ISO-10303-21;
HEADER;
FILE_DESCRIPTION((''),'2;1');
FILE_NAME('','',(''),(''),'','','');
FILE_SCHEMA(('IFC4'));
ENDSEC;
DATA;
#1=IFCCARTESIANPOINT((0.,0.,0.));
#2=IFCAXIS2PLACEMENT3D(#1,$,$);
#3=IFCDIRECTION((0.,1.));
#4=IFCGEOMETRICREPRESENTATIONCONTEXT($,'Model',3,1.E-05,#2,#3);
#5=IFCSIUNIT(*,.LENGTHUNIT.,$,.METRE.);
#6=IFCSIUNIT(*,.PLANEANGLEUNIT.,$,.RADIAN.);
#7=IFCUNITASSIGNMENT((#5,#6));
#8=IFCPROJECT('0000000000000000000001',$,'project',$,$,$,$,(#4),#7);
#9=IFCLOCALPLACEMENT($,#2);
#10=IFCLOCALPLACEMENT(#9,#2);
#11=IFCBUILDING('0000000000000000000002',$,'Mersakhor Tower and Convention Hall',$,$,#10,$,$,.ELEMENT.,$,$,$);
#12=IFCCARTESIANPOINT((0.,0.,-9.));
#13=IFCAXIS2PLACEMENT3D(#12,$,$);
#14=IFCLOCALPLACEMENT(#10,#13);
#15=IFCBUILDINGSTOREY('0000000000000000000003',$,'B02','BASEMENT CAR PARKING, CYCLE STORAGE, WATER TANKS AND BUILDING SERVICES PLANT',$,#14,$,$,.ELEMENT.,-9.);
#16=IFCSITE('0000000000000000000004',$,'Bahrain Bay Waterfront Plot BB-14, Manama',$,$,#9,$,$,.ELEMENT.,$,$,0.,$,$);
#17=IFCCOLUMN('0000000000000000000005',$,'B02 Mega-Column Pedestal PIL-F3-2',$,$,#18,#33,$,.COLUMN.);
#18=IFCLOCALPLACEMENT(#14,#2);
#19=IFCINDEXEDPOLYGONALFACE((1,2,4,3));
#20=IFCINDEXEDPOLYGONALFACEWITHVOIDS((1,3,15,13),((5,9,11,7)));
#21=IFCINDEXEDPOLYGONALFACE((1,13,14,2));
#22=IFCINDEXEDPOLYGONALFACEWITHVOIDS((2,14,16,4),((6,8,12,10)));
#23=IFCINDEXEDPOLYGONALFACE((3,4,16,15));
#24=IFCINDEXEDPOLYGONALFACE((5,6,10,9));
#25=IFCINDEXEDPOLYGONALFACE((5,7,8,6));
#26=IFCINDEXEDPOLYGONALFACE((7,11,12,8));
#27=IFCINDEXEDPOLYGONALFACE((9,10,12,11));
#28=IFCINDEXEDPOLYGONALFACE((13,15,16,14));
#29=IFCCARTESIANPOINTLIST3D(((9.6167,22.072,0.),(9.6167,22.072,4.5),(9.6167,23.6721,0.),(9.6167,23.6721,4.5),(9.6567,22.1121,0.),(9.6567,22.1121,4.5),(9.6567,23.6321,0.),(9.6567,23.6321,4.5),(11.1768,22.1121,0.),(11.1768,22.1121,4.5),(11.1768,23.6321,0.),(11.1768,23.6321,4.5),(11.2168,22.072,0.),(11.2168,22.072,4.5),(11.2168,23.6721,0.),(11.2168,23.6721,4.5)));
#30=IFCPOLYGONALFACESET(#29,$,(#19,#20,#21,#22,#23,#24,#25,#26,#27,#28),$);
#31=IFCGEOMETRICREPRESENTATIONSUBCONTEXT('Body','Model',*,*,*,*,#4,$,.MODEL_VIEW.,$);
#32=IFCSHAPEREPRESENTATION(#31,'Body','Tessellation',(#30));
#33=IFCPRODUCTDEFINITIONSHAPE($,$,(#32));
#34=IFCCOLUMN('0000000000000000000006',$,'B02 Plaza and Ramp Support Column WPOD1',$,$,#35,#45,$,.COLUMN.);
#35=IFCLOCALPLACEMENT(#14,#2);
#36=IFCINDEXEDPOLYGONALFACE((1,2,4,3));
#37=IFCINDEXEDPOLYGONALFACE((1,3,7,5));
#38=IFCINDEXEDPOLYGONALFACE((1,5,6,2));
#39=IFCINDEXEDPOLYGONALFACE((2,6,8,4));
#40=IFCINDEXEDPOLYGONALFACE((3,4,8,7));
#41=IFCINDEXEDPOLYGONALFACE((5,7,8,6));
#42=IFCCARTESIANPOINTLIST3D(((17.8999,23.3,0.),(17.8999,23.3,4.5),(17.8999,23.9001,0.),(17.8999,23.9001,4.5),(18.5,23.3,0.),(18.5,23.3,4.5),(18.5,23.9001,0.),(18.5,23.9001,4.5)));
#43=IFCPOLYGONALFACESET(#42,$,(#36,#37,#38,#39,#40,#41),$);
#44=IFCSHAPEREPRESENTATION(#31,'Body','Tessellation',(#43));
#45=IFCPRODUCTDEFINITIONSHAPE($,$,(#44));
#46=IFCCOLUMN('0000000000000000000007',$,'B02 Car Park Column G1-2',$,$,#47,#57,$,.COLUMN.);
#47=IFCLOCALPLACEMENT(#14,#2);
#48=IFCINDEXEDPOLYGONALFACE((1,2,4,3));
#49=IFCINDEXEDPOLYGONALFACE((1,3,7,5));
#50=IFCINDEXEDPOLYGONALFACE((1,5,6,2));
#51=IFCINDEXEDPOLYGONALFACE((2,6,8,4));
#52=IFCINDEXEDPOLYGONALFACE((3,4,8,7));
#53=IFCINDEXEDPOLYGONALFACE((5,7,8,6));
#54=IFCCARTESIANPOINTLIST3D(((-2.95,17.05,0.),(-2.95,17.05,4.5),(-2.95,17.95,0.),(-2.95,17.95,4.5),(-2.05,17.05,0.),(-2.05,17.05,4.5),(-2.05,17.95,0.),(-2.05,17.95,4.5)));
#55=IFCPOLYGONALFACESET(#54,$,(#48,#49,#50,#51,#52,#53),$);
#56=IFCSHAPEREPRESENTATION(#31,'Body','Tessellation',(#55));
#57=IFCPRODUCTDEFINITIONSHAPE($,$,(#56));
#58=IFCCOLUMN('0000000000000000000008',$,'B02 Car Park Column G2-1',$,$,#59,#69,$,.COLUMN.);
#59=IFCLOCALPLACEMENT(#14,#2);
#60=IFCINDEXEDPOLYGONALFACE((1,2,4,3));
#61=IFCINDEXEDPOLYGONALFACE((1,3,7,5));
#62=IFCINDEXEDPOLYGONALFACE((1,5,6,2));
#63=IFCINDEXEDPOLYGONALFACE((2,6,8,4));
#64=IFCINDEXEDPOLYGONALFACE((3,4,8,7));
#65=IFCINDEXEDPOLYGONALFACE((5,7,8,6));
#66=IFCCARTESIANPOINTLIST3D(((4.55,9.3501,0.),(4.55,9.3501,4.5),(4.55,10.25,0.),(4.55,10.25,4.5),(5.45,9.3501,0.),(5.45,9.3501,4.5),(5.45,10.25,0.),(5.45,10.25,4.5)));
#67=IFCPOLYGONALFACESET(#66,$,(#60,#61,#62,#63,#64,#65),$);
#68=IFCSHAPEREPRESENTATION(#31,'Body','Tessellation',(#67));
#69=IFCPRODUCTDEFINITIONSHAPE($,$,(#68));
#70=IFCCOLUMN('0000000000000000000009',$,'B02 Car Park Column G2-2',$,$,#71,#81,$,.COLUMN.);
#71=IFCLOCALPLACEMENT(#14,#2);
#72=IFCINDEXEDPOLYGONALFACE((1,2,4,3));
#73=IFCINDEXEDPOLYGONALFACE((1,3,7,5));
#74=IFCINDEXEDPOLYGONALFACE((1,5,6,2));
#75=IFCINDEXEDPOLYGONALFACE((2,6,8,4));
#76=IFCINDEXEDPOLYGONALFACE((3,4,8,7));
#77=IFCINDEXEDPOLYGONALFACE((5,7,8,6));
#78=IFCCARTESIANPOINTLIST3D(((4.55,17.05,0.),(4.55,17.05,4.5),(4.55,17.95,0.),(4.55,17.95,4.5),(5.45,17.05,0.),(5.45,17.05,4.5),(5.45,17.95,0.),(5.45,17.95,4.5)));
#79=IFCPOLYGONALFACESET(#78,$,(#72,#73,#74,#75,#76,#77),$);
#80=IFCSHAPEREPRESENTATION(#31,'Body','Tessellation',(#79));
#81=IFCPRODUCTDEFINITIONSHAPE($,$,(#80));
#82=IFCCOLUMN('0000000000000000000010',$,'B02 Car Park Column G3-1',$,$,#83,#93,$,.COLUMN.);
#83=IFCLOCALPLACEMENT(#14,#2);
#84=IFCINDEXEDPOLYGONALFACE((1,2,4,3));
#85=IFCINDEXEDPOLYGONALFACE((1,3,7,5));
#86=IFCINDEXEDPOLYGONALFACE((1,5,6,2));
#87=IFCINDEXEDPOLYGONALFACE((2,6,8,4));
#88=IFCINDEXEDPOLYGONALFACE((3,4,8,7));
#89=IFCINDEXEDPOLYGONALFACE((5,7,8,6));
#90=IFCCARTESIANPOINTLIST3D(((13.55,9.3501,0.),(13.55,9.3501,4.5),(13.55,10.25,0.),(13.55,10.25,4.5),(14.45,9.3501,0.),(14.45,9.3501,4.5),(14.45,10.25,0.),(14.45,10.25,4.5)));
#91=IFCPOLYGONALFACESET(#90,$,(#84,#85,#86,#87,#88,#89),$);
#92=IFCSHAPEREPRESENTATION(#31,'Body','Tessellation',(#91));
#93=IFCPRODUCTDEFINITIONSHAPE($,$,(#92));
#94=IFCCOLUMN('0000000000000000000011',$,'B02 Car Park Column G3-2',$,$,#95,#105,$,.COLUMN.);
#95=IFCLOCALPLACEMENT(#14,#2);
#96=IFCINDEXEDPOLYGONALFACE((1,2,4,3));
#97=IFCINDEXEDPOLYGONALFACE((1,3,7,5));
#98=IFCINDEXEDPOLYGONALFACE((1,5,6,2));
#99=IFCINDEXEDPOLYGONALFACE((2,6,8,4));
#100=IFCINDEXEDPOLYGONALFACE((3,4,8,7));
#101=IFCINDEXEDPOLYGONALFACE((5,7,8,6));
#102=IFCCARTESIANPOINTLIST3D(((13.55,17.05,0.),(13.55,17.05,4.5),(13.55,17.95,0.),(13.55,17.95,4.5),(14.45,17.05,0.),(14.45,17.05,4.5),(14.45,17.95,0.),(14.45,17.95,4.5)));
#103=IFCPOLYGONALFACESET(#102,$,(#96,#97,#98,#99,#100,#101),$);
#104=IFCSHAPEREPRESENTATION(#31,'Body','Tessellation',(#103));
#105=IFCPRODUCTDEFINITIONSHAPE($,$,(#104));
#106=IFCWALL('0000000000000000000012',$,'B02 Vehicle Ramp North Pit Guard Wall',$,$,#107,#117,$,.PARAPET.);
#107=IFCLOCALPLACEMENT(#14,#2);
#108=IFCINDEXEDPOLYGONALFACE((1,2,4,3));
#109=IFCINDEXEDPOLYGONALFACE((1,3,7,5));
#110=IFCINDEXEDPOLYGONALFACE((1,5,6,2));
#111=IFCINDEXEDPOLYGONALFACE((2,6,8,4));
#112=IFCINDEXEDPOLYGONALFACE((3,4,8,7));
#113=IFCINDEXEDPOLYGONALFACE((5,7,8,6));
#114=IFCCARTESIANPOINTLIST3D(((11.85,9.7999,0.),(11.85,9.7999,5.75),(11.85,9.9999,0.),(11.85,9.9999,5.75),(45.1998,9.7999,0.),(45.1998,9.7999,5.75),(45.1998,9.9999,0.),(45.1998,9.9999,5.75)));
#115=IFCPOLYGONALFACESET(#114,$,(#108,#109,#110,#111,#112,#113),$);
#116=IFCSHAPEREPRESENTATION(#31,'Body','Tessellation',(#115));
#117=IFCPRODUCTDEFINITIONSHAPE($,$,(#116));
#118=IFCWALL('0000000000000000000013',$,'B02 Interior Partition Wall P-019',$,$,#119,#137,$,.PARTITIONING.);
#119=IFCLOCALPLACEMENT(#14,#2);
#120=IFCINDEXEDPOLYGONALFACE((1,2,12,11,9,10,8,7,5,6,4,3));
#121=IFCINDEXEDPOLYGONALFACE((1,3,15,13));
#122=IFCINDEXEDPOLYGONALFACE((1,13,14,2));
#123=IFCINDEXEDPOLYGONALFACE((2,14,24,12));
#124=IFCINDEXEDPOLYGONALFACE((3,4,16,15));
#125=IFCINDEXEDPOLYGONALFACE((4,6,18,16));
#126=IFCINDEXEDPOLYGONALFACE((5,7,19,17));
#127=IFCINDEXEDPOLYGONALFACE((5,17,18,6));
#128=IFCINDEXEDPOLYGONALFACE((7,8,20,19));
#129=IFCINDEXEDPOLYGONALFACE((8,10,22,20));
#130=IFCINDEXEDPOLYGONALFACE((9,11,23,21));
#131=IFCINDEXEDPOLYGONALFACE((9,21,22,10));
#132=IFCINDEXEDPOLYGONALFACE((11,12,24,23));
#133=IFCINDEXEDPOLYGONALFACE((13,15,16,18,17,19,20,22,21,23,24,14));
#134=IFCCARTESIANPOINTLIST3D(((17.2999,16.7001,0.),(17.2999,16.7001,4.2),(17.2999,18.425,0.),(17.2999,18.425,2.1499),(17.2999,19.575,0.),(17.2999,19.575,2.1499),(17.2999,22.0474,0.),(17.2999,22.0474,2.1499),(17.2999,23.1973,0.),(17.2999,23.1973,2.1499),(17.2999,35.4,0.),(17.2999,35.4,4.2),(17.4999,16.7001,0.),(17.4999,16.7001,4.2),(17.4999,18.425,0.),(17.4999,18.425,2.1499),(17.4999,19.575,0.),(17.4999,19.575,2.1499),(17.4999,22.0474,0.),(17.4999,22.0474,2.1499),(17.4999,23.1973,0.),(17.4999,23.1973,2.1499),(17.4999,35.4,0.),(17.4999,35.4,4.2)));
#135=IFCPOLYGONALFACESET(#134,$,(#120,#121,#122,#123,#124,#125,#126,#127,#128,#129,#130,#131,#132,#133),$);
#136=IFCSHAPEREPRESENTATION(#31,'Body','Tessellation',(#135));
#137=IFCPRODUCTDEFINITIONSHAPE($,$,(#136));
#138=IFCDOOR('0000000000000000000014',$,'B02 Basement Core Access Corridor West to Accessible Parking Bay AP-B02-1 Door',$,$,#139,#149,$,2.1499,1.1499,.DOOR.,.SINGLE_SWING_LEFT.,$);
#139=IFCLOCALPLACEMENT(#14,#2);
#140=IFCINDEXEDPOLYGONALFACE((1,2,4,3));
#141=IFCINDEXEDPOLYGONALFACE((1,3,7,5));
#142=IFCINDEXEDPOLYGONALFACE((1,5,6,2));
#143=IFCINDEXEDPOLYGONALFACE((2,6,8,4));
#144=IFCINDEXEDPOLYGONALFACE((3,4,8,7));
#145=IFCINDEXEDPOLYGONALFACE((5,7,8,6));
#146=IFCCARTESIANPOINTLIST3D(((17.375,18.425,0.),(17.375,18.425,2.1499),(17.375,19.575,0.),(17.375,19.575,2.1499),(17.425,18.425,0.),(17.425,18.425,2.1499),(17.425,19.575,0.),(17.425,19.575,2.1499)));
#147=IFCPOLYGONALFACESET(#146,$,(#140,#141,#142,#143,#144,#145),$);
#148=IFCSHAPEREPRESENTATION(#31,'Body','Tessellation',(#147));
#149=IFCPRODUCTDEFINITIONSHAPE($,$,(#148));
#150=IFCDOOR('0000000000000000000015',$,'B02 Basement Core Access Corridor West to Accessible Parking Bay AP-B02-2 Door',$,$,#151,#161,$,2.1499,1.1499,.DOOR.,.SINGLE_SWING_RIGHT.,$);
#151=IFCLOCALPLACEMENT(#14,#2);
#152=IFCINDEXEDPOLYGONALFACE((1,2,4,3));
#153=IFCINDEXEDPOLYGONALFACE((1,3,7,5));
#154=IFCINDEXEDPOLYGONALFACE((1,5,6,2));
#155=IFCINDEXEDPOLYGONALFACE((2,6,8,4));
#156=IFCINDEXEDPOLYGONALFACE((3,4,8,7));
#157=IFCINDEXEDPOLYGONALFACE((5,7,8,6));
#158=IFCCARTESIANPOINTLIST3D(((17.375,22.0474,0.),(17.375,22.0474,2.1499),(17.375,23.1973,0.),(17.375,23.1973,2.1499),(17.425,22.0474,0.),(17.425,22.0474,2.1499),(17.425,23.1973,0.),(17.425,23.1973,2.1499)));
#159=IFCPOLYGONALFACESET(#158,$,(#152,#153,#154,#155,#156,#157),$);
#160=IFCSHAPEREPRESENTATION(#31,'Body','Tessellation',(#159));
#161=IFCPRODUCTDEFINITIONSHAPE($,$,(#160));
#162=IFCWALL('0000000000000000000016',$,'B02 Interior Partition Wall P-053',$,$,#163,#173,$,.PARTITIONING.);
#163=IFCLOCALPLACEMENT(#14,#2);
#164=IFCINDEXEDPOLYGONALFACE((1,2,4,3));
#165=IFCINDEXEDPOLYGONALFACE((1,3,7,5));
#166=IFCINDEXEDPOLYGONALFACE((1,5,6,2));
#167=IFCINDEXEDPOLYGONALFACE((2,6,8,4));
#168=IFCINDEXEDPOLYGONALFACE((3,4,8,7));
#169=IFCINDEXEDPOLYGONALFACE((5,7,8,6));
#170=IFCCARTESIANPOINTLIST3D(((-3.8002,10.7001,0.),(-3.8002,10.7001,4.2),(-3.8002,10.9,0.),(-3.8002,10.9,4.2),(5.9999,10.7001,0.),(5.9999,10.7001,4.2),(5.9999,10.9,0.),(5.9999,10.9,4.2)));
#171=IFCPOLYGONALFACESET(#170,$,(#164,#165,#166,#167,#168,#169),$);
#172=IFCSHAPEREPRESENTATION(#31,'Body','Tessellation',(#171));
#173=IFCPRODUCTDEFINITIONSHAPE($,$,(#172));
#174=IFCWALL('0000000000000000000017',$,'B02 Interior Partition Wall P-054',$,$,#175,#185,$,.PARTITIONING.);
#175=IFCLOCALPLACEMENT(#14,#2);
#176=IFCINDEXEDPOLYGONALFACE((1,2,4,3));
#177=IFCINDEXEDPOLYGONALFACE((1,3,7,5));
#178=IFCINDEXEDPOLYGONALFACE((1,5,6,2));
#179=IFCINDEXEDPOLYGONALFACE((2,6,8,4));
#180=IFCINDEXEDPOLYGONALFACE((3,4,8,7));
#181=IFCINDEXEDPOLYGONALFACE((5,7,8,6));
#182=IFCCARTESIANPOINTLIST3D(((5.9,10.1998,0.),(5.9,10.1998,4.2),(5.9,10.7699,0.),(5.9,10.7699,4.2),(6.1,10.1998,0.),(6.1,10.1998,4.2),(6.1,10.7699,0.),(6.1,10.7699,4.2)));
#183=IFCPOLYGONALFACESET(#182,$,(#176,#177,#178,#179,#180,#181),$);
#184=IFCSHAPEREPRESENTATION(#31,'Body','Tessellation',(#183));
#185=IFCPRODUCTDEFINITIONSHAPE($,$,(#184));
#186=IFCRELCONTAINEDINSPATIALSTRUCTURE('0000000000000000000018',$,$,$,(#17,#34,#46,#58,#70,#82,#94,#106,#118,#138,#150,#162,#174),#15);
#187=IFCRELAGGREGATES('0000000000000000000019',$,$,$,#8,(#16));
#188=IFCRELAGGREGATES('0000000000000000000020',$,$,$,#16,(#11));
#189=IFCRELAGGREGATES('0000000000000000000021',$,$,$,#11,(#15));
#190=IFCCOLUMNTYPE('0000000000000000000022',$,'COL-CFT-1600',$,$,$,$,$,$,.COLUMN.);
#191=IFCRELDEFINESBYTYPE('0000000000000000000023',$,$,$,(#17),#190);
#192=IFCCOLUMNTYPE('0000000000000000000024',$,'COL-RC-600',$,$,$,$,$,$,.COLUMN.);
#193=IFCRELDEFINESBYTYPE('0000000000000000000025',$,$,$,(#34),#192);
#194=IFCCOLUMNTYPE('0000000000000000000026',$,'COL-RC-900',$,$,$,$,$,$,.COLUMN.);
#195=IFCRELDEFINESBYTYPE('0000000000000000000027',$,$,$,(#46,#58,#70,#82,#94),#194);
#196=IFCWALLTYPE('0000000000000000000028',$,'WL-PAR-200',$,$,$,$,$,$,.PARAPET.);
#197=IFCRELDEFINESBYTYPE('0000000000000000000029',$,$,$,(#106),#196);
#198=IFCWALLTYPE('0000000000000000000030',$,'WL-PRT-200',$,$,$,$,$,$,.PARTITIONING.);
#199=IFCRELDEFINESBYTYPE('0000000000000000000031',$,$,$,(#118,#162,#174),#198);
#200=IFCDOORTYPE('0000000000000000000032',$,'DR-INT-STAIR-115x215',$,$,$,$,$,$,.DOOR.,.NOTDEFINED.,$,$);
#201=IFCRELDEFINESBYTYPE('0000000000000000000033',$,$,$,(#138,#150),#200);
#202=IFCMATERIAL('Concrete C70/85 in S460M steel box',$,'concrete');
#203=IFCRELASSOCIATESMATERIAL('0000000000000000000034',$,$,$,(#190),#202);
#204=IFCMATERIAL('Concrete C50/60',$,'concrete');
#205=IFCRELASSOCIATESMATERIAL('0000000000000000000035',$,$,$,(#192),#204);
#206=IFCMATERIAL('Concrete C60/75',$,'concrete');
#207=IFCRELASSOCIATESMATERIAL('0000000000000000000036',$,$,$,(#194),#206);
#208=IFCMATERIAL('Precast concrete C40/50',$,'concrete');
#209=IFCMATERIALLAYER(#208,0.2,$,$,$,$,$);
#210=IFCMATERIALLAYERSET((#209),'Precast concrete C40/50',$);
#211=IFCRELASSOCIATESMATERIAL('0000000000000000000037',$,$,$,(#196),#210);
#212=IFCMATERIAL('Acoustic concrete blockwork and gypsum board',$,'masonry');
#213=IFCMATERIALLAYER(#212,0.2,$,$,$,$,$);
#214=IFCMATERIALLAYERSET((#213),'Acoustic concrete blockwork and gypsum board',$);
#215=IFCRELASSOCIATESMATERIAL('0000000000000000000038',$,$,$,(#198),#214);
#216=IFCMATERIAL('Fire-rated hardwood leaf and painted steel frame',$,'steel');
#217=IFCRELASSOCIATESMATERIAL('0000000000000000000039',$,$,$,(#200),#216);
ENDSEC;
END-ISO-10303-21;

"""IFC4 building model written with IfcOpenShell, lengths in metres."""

from ifc_helpers import new_model, si_unit, direction, frame, frame_2d, origin, origin_2d, place, context, subcontext, project, spatial, rectangle, hollow_rectangle, extrude, material, layer, layer_set, material_profile, profile_set, type_object, element, fill, save


model = new_model("IFC4")

# Units and contexts
model_context = context("Model", 3, precision=1e-05, world=origin(), true_north=direction((0.0, 1.0)))
body_context = subcontext(model_context, "Body", "Model", "MODEL_VIEW")
ifc_project = project(units=[si_unit("LENGTHUNIT", "METRE"), si_unit("PLANEANGLEUNIT", "RADIAN")], contexts=[model_context])

# Site, building, storey
site_placement = place(None, origin())
site = spatial("IfcSite", under=ifc_project, at=site_placement, Name="Bahrain Bay Waterfront Plot BB-14, Manama", CompositionType="ELEMENT", RefElevation=0.0)
building_placement = place(site_placement, origin())
building = spatial("IfcBuilding", under=site, at=building_placement, Name="Mersakhor Tower and Convention Hall", CompositionType="ELEMENT")
storey_placement = place(building_placement, frame((0.0, 0.0, -9.0)))
storey = spatial("IfcBuildingStorey", under=building, at=storey_placement, Name="B02", Description="BASEMENT CAR PARKING, CYCLE STORAGE, WATER TANKS AND BUILDING SERVICES PLANT", CompositionType="ELEMENT", Elevation=-9.0)

# Columns
ifc_material_1 = material(Name="Concrete C70/85 in S460M steel box", Category="concrete")
ifc_material_profile_1 = material_profile(ifc_material_1, hollow_rectangle(XDim=1.6001, YDim=1.6001, WallThickness=0.04, at=origin_2d()), Name="SHS 1600x1600x40")
ifc_profile_set_1 = profile_set([ifc_material_profile_1], Name="Concrete C70/85 in S460M steel box")
column_type_1 = type_object("IfcColumnType", Name="COL-CFT-1600", PredefinedType="COLUMN", material=ifc_profile_set_1)
column_1_placement = place(storey_placement, frame((10.4167, 22.8721, 0.0), z_axis=(0.0, 0.0, 1.0), x_axis=(1.0, 0.0, 0.0)))
element("IfcColumn", 1, at=column_1_placement, inside=storey, type_object=column_type_1, Name="B02 Mega-Column Pedestal PIL-F3-2", PredefinedType="COLUMN", context=body_context, shape_type="SweptSolid", body=[
    extrude(hollow_rectangle(XDim=1.6001, YDim=1.6001, WallThickness=0.04, at=origin_2d()), origin(), (0.0, 0.0, 1.0), 4.5),
])
ifc_material_2 = material(Name="Concrete C50/60", Category="concrete")
ifc_material_profile_2 = material_profile(ifc_material_2, rectangle(XDim=0.6001, YDim=0.6001, at=origin_2d()), Name="RC 600x600")
ifc_profile_set_2 = profile_set([ifc_material_profile_2], Name="Concrete C50/60")
column_type_2 = type_object("IfcColumnType", Name="COL-RC-600", PredefinedType="COLUMN", material=ifc_profile_set_2)
column_2_placement = place(storey_placement, frame((18.2, 23.6001, 0.0), z_axis=(0.0, 0.0, 1.0), x_axis=(1.0, 0.0, 0.0)))
element("IfcColumn", 2, at=column_2_placement, inside=storey, type_object=column_type_2, Name="B02 Plaza and Ramp Support Column WPOD1", PredefinedType="COLUMN", context=body_context, shape_type="SweptSolid", body=[
    extrude(rectangle(XDim=0.6001, YDim=0.6001, at=origin_2d()), origin(), (0.0, 0.0, 1.0), 4.5),
])
ifc_material_3 = material(Name="Concrete C60/75", Category="concrete")
ifc_material_profile_3 = material_profile(ifc_material_3, rectangle(XDim=0.8999, YDim=0.8999, at=origin_2d()), Name="RC 900x900")
ifc_profile_set_3 = profile_set([ifc_material_profile_3], Name="Concrete C60/75")
column_type_3 = type_object("IfcColumnType", Name="COL-RC-900", PredefinedType="COLUMN", material=ifc_profile_set_3)
for number, where, z_axis, x_axis, name in (
    (3, (-2.5, 17.5, 0.0), (0.0, 0.0, 1.0), (1.0, 0.0, 0.0), "B02 Car Park Column G1-2"),
    (4, (5.0, 9.8, 0.0), (0.0, 0.0, 1.0), (1.0, 0.0, 0.0), "B02 Car Park Column G2-1"),
    (5, (5.0, 17.5, 0.0), (0.0, 0.0, 1.0), (1.0, 0.0, 0.0), "B02 Car Park Column G2-2"),
    (6, (14.0, 9.8, 0.0), (0.0, 0.0, 1.0), (1.0, 0.0, 0.0), "B02 Car Park Column G3-1"),
    (7, (14.0, 17.5, 0.0), (0.0, 0.0, 1.0), (1.0, 0.0, 0.0), "B02 Car Park Column G3-2"),
):
    element("IfcColumn", number, at=place(storey_placement, frame(where, z_axis=z_axis, x_axis=x_axis)), inside=storey, type_object=column_type_3, Name=name, PredefinedType="COLUMN", context=body_context, shape_type="SweptSolid", body=[
        extrude(rectangle(XDim=0.8999, YDim=0.8999, at=origin_2d()), origin(), (0.0, 0.0, 1.0), 4.5),
    ])

# Wall
ifc_material_4 = material(Name="Precast concrete C40/50", Category="concrete")
ifc_layer_1 = layer(ifc_material_4, 0.2)
ifc_layer_set_1 = layer_set([ifc_layer_1], Name="Precast concrete C40/50")
wall_type_1 = type_object("IfcWallType", Name="WL-PAR-200", PredefinedType="PARAPET", material=ifc_layer_set_1)
wall_1_placement = place(storey_placement, frame((11.8501, 9.8999, 0.0), z_axis=(0.0, 0.0, 1.0), x_axis=(1.0, 0.0, 0.0)))
element("IfcWall", 8, at=wall_1_placement, inside=storey, type_object=wall_type_1, Name="B02 Vehicle Ramp North Pit Guard Wall", PredefinedType="PARAPET", context=body_context, shape_type="SweptSolid", body=[
    extrude(rectangle(XDim=33.3499, YDim=0.2, at=frame_2d((16.6748, 0.0))), origin(), (0.0, 0.0, 1.0), 5.75),
])

# Wall, openings, doors
ifc_material_5 = material(Name="Acoustic concrete blockwork and gypsum board", Category="masonry")
ifc_layer_2 = layer(ifc_material_5, 0.2)
ifc_layer_set_2 = layer_set([ifc_layer_2], Name="Acoustic concrete blockwork and gypsum board")
wall_type_2 = type_object("IfcWallType", Name="WL-PRT-200", PredefinedType="PARTITIONING", material=ifc_layer_set_2)
wall_2_placement = place(storey_placement, frame((17.3999, 16.7, 0.0), z_axis=(0.0, 0.0, 1.0), x_axis=(0.0, 1.0, 0.0)))
wall_2 = element("IfcWall", 9, at=wall_2_placement, inside=storey, type_object=wall_type_2, Name="B02 Interior Partition Wall P-019", PredefinedType="PARTITIONING", context=body_context, shape_type="SweptSolid", body=[
    extrude(rectangle(XDim=18.7, YDim=0.2, at=frame_2d((9.3501, 0.0))), origin(), (0.0, 0.0, 1.0), 4.2),
])
opening_1_placement = place(wall_2_placement, frame((1.7251, 0.0, 0.0)))
opening_1 = element("IfcOpeningElement", 10, at=opening_1_placement, cuts=wall_2, PredefinedType="OPENING", context=body_context, shape_type="SweptSolid", body=[
    extrude(rectangle(XDim=1.1499, YDim=2.1499, at=frame_2d((0.575, 1.075))), frame((0.0, 0.1099, 0.0), z_axis=(0.0, -1.0, 0.0), x_axis=(1.0, 0.0, 0.0)), (0.0, 0.0, 1.0), 0.22),
])
opening_2_placement = place(wall_2_placement, frame((5.3474, 0.0, 0.0)))
opening_2 = element("IfcOpeningElement", 11, at=opening_2_placement, cuts=wall_2, PredefinedType="OPENING", context=body_context, shape_type="SweptSolid", body=[
    extrude(rectangle(XDim=1.1499, YDim=2.1499, at=frame_2d((0.575, 1.075))), frame((0.0, 0.1099, 0.0), z_axis=(0.0, -1.0, 0.0), x_axis=(1.0, 0.0, 0.0)), (0.0, 0.0, 1.0), 0.22),
])
ifc_material_6 = material(Name="Fire-rated hardwood leaf and painted steel frame", Category="steel")
door_type_1 = type_object("IfcDoorType", Name="DR-INT-STAIR-115x215", OperationType="NOTDEFINED", PredefinedType="DOOR", material=ifc_material_6)
door_1_placement = place(opening_1_placement, origin())
door_1 = element("IfcDoor", 12, at=door_1_placement, inside=storey, type_object=door_type_1, Name="B02 Basement Core Access Corridor West to Accessible Parking Bay AP-B02-1 Door", OperationType="SINGLE_SWING_LEFT", OverallHeight=2.1499, OverallWidth=1.1499, PredefinedType="DOOR", context=body_context, shape_type="SweptSolid", body=[
    extrude(rectangle(XDim=1.1499, YDim=2.1499, at=frame_2d((0.575, 1.075))), frame((0.0, 0.0249, 0.0), z_axis=(0.0, -1.0, 0.0), x_axis=(1.0, 0.0, 0.0)), (0.0, 0.0, 1.0), 0.05),
])
fill(opening_1, door_1)
door_2_placement = place(opening_2_placement, origin())
door_2 = element("IfcDoor", 13, at=door_2_placement, inside=storey, type_object=door_type_1, Name="B02 Basement Core Access Corridor West to Accessible Parking Bay AP-B02-2 Door", OperationType="SINGLE_SWING_RIGHT", OverallHeight=2.1499, OverallWidth=1.1499, PredefinedType="DOOR", context=body_context, shape_type="SweptSolid", body=[
    extrude(rectangle(XDim=1.1499, YDim=2.1499, at=frame_2d((0.575, 1.075))), frame((0.0, 0.0249, 0.0), z_axis=(0.0, -1.0, 0.0), x_axis=(1.0, 0.0, 0.0)), (0.0, 0.0, 1.0), 0.05),
])
fill(opening_2, door_2)

# Walls
wall_3_placement = place(storey_placement, frame((-3.8, 10.8, 0.0), z_axis=(0.0, 0.0, 1.0), x_axis=(1.0, 0.0, 0.0)))
element("IfcWall", 14, at=wall_3_placement, inside=storey, type_object=wall_type_2, Name="B02 Interior Partition Wall P-053", PredefinedType="PARTITIONING", context=body_context, shape_type="SweptSolid", body=[
    extrude(rectangle(XDim=9.8, YDim=0.2, at=frame_2d((4.8999, 0.0))), origin(), (0.0, 0.0, 1.0), 4.2),
])
wall_4_placement = place(storey_placement, frame((6.0, 10.77, 0.0), z_axis=(0.0, 0.0, 1.0), x_axis=(0.0, -1.0, 0.0)))
element("IfcWall", 15, at=wall_4_placement, inside=storey, type_object=wall_type_2, Name="B02 Interior Partition Wall P-054", PredefinedType="PARTITIONING", context=body_context, shape_type="SweptSolid", body=[
    extrude(rectangle(XDim=0.5701, YDim=0.2, at=frame_2d((0.2852, 0.0))), origin(), (0.0, 0.0, 1.0), 4.2),
])

save(model, "model.ifc")
